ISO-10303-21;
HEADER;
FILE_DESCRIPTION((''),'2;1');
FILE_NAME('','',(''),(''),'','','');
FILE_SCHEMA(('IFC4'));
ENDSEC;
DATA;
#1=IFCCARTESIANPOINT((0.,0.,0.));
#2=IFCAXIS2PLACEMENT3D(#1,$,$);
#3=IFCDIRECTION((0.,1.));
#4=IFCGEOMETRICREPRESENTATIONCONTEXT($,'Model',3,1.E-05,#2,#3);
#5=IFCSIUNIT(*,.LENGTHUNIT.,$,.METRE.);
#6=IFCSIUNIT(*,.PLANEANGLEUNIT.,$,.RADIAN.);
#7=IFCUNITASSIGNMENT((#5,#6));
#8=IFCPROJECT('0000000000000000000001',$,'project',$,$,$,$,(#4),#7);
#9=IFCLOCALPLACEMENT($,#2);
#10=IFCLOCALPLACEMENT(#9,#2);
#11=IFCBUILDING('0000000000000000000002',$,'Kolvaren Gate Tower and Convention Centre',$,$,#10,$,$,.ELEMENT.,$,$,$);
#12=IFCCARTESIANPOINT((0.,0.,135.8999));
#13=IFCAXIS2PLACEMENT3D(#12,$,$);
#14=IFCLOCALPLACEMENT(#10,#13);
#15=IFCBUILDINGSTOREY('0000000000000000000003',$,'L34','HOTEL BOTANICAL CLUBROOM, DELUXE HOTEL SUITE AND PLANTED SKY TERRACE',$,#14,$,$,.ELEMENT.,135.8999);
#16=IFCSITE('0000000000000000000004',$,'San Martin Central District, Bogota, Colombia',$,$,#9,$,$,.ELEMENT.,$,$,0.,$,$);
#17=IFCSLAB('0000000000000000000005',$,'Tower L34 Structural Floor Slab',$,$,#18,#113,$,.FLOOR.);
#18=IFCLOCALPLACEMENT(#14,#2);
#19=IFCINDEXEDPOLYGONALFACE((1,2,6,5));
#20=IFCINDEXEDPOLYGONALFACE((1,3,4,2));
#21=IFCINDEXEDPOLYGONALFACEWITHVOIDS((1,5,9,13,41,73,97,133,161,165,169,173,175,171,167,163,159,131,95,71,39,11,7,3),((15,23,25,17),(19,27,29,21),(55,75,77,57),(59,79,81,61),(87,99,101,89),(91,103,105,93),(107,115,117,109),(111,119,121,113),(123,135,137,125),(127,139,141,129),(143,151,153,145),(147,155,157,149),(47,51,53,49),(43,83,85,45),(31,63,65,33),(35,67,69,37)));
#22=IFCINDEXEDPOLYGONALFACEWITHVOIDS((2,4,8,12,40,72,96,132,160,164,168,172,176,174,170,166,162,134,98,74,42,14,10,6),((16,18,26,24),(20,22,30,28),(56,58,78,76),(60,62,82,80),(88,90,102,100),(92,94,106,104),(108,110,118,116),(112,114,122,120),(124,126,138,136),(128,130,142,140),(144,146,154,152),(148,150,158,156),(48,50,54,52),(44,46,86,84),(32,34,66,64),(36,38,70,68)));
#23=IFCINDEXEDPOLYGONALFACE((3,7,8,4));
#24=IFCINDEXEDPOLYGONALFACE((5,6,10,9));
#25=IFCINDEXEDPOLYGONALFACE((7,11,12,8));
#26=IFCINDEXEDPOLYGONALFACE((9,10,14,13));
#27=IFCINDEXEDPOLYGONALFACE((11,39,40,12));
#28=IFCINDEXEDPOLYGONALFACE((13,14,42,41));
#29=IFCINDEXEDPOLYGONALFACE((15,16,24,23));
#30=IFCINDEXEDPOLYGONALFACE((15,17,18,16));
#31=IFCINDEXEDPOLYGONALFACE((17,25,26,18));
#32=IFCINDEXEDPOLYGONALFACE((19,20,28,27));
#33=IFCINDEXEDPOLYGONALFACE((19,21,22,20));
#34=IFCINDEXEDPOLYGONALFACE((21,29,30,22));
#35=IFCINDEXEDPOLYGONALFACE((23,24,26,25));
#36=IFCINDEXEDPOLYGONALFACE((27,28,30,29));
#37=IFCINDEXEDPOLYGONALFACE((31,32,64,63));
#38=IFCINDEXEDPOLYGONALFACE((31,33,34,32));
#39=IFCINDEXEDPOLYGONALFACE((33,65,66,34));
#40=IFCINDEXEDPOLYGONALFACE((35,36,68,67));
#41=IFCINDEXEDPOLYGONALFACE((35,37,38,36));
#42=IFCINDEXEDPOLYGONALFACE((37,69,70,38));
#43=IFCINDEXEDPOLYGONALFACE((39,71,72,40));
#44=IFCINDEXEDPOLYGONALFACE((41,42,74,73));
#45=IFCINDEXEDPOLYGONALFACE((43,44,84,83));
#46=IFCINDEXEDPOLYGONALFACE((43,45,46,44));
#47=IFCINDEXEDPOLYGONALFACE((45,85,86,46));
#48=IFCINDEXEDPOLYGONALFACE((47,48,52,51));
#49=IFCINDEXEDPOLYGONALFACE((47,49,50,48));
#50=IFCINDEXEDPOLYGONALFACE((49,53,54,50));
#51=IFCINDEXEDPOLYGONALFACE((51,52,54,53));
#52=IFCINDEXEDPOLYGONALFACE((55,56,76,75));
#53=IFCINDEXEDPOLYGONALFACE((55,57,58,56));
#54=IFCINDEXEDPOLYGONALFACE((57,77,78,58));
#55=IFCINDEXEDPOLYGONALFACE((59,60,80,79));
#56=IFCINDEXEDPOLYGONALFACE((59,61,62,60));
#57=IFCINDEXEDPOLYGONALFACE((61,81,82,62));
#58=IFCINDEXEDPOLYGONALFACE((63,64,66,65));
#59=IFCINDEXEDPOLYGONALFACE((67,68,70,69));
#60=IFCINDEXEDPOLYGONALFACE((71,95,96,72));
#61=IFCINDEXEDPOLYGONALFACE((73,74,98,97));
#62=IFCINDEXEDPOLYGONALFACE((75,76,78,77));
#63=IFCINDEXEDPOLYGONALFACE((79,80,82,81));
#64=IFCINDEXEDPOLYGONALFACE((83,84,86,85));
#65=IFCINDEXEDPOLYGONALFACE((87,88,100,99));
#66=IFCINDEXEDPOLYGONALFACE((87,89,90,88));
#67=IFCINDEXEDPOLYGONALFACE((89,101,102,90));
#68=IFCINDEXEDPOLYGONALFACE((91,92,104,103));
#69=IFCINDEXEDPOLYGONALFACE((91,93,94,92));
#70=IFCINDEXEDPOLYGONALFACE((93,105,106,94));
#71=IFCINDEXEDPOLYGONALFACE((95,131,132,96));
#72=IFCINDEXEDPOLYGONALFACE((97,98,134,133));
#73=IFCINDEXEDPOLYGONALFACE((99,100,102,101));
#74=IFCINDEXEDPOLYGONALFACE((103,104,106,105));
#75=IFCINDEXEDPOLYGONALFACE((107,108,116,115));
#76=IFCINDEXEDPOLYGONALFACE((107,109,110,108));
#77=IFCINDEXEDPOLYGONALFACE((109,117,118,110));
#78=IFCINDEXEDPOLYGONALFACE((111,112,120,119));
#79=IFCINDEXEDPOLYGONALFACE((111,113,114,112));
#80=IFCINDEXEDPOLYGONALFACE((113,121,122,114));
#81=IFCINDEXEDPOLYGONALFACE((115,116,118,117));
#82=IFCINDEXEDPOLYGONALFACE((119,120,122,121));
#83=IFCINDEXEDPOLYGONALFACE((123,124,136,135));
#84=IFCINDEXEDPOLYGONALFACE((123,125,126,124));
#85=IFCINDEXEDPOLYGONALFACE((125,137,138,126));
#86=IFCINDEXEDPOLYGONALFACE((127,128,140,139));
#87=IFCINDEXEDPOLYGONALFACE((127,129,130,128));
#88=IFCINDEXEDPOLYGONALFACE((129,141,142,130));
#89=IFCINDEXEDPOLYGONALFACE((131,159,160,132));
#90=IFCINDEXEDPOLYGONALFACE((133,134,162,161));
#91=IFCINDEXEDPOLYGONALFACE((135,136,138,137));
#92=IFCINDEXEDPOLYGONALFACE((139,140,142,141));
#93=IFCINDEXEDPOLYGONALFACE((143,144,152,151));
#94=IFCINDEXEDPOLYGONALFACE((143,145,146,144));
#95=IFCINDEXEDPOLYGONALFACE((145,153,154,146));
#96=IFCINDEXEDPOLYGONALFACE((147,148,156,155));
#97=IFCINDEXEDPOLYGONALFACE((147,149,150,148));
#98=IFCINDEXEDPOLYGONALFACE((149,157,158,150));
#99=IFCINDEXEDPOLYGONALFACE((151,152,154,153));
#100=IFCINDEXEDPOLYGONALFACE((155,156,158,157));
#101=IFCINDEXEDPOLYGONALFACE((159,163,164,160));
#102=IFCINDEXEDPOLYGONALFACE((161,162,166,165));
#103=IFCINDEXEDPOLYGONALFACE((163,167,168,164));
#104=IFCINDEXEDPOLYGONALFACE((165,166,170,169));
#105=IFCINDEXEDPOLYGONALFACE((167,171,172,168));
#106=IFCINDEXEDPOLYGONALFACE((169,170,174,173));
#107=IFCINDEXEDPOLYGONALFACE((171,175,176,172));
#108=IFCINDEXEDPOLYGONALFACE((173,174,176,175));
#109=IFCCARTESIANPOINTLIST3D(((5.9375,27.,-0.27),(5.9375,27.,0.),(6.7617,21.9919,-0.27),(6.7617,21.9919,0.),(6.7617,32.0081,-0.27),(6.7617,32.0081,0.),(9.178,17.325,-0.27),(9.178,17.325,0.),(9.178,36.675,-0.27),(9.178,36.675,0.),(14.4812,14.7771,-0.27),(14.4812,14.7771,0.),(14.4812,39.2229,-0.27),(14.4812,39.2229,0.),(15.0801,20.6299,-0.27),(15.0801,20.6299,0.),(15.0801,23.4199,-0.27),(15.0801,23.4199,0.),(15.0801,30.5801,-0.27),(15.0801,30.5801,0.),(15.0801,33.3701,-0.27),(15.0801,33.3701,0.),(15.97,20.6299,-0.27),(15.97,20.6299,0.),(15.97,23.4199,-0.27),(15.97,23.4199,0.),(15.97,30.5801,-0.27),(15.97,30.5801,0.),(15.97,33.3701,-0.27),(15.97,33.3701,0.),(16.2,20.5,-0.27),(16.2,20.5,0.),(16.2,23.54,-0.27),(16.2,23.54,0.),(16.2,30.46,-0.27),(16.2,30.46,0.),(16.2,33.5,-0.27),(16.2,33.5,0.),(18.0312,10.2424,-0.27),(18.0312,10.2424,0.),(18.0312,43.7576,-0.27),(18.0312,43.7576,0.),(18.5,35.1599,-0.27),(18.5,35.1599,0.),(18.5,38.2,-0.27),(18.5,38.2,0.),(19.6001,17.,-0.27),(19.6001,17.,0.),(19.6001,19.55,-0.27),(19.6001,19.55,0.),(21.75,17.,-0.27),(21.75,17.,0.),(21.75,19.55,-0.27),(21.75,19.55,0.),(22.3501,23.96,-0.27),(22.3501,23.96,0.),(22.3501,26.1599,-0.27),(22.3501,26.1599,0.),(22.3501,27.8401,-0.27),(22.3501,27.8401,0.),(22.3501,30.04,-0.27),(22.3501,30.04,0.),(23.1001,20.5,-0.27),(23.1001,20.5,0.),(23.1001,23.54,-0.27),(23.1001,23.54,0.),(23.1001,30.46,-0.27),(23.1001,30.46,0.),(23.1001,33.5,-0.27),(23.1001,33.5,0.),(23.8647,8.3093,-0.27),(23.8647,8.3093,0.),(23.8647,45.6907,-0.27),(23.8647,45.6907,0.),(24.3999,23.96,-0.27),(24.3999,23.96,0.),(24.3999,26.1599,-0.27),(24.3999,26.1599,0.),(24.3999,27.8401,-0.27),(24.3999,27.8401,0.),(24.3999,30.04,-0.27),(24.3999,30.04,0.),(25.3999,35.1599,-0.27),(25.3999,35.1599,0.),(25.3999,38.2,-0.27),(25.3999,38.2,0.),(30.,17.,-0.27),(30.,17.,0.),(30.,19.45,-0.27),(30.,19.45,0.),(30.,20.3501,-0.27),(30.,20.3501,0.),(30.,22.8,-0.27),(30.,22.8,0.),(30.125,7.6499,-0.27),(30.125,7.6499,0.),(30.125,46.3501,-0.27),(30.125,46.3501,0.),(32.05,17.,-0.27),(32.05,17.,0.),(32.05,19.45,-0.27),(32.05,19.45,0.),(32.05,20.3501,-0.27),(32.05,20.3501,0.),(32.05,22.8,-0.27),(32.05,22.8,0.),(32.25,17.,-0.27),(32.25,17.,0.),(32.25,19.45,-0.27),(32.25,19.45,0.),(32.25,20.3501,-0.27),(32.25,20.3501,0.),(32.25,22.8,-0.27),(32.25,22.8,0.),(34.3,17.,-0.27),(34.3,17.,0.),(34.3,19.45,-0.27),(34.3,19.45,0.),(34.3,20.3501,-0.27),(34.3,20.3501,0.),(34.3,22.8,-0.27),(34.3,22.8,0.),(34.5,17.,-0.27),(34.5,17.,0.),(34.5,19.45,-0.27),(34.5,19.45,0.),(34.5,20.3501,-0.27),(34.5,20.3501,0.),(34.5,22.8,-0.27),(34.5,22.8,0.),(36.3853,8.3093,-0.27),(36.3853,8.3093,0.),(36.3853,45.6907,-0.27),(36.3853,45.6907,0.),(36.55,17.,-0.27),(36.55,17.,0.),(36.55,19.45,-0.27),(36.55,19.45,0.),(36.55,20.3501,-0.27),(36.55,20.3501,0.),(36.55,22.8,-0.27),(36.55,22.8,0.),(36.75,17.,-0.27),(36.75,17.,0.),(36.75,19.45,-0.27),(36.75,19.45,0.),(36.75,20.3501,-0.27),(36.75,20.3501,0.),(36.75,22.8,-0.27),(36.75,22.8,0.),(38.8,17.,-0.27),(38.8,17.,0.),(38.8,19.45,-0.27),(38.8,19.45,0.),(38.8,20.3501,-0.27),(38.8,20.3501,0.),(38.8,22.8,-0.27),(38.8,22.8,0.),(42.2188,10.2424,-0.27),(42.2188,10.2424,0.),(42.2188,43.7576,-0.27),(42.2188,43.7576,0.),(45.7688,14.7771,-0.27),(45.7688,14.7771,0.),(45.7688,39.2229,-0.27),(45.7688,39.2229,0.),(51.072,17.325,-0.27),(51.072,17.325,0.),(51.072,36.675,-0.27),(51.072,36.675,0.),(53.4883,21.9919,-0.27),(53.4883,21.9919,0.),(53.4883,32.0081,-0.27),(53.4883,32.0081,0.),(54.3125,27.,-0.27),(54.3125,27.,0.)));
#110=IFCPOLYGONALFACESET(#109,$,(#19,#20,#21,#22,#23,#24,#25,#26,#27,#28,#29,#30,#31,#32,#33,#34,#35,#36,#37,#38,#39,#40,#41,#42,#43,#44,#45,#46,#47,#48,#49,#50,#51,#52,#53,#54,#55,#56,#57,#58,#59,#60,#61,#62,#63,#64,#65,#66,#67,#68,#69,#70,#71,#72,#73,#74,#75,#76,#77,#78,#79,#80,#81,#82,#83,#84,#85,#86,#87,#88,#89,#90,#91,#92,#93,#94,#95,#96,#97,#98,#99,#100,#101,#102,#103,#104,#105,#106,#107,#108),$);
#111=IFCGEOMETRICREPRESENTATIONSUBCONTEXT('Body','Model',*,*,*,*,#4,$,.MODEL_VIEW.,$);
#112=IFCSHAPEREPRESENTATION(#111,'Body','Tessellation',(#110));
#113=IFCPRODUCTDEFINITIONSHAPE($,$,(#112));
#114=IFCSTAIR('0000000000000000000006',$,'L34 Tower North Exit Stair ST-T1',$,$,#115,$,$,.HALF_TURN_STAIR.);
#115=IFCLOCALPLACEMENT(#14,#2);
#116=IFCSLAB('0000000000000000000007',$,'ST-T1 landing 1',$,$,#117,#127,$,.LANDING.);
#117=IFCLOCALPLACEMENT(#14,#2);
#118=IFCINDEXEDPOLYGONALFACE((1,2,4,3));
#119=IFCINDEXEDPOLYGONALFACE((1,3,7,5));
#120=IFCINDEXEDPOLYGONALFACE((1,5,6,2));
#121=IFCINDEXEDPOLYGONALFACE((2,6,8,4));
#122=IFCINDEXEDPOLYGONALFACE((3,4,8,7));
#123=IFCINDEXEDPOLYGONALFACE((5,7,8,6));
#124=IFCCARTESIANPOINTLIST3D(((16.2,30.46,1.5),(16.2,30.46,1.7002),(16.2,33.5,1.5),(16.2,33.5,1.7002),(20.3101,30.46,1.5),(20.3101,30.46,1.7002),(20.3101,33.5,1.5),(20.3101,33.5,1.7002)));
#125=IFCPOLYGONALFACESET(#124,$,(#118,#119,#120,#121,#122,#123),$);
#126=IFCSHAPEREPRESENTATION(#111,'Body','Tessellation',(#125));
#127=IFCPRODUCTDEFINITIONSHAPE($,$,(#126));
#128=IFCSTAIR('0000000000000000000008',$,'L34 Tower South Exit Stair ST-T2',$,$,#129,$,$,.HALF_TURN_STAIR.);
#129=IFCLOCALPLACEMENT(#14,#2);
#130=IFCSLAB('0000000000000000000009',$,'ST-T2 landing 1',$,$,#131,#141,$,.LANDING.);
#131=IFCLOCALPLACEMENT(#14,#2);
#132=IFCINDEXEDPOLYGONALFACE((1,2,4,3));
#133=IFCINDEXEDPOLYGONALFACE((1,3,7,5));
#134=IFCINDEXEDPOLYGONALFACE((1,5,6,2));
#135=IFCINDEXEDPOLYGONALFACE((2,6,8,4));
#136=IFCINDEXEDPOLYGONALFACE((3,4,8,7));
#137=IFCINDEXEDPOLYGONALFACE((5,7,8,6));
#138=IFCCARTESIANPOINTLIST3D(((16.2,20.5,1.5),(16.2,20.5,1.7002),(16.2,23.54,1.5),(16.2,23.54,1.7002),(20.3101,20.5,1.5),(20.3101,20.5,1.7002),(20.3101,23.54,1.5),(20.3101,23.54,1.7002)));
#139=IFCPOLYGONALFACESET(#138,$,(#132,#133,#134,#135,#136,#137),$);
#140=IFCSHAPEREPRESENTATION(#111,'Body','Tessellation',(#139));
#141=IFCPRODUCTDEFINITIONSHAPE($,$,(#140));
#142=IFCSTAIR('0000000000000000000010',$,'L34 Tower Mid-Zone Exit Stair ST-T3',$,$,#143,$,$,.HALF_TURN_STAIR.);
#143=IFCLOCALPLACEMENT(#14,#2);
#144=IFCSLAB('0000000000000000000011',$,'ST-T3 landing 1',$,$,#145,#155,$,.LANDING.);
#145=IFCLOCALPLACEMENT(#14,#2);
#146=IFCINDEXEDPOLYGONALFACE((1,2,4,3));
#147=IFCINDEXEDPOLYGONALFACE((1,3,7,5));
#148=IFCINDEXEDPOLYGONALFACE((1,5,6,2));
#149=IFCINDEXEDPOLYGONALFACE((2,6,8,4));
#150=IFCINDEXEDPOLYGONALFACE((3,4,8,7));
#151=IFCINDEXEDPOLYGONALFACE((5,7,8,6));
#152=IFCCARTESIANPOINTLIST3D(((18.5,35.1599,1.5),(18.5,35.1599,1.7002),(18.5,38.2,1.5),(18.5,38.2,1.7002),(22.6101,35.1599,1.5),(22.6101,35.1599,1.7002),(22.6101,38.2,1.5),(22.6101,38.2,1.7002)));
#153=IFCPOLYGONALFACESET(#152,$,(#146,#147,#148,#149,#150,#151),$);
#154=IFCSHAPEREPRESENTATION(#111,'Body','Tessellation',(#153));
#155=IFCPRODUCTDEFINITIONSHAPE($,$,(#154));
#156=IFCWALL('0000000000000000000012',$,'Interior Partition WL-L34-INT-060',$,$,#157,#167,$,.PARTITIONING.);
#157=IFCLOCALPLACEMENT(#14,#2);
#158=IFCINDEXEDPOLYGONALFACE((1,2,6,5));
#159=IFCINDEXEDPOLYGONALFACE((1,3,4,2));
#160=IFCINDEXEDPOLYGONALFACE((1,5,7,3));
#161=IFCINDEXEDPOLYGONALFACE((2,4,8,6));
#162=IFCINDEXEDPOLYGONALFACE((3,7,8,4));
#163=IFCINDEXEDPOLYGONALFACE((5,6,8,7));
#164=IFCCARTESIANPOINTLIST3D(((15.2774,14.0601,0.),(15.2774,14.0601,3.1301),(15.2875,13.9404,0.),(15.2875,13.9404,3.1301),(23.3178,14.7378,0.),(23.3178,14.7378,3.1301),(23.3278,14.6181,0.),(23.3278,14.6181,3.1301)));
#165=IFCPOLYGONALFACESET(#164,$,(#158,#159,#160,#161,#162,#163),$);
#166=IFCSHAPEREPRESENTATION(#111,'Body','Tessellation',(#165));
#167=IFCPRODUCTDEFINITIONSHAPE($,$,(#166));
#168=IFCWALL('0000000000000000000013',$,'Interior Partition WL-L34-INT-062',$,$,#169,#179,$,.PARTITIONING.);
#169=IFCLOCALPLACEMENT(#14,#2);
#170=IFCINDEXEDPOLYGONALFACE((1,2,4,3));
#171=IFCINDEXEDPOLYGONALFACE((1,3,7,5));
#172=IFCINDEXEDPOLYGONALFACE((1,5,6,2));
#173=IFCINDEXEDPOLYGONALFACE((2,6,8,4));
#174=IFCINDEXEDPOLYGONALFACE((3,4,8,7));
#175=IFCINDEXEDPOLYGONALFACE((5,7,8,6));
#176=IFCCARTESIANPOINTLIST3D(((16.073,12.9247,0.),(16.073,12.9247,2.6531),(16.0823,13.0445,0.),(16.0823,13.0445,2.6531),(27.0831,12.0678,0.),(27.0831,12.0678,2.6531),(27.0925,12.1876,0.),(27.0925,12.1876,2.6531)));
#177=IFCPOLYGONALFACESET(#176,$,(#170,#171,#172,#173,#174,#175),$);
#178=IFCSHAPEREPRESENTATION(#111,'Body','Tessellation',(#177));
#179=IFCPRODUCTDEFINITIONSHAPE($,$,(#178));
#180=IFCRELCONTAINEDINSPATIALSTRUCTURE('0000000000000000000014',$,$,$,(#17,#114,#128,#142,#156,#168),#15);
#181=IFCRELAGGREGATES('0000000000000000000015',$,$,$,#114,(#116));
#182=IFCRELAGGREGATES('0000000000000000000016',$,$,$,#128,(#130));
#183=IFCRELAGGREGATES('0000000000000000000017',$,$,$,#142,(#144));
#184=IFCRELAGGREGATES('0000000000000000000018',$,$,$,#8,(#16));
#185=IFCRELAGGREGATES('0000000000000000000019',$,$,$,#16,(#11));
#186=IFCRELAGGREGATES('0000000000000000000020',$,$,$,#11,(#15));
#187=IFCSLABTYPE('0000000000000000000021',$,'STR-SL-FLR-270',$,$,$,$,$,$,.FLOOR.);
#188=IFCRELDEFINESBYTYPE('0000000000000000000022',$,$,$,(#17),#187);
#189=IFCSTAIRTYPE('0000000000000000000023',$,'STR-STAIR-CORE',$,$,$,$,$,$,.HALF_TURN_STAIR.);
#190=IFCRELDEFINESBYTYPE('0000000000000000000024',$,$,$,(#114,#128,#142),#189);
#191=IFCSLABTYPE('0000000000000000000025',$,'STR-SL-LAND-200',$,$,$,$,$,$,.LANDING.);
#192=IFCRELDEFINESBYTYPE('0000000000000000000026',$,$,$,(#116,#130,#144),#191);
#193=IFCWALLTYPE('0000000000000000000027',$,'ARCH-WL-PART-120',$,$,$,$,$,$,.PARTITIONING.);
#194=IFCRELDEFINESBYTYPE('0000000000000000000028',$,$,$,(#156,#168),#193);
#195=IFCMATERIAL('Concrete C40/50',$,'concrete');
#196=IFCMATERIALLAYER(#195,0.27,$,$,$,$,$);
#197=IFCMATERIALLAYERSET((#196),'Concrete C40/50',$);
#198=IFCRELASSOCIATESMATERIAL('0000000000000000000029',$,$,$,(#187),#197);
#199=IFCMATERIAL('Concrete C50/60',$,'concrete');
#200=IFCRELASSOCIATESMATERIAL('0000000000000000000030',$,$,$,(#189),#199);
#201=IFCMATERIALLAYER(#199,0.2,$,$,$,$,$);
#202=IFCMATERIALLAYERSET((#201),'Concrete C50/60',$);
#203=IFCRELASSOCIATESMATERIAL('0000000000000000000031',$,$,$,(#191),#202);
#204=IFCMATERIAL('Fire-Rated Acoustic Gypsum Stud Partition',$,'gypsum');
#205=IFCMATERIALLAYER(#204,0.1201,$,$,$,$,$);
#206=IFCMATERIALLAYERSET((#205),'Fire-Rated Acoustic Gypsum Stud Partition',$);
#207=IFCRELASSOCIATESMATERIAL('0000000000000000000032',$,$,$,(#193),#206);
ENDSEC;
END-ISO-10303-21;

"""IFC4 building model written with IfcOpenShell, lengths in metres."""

from ifc_helpers import new_model, si_unit, direction, frame, frame_2d, origin, place, context, subcontext, project, spatial, polyline, rectangle, outline, extrude, material, layer, layer_set, type_object, element, aggregate, save


model = new_model("IFC4")

# Units and contexts
model_context = context("Model", 3, precision=1e-05, world=origin(), true_north=direction((0.0, 1.0)))
body_context = subcontext(model_context, "Body", "Model", "MODEL_VIEW")
ifc_project = project(units=[si_unit("LENGTHUNIT", "METRE"), si_unit("PLANEANGLEUNIT", "RADIAN")], contexts=[model_context])

# Site, building, storey
site_placement = place(None, origin())
site = spatial("IfcSite", under=ifc_project, at=site_placement, Name="San Martin Central District, Bogota, Colombia", CompositionType="ELEMENT", RefElevation=0.0)
building_placement = place(site_placement, origin())
building = spatial("IfcBuilding", under=site, at=building_placement, Name="Kolvaren Gate Tower and Convention Centre", CompositionType="ELEMENT")
storey_placement = place(building_placement, frame((0.0, 0.0, 135.8999)))
storey = spatial("IfcBuildingStorey", under=building, at=storey_placement, Name="L34", Description="HOTEL BOTANICAL CLUBROOM, DELUXE HOTEL SUITE AND PLANTED SKY TERRACE", CompositionType="ELEMENT", Elevation=135.8999)

# Slab
ifc_material_1 = material(Name="Concrete C50/60", Category="concrete")
ifc_material_2 = material(Name="Concrete C40/50", Category="concrete")
ifc_layer_1 = layer(ifc_material_2, 0.27)
ifc_layer_set_1 = layer_set([ifc_layer_1], Name="Concrete C40/50")
slab_type_1 = type_object("IfcSlabType", Name="STR-SL-FLR-270", PredefinedType="FLOOR", material=ifc_layer_set_1)
slab_1_placement = place(storey_placement, frame((0.0, 0.0, -0.27)))
element("IfcSlab", 1, at=slab_1_placement, inside=storey, type_object=slab_type_1, Name="Tower L34 Structural Floor Slab", PredefinedType="FLOOR", context=body_context, shape_type="SweptSolid", body=[
    extrude(outline(polyline([(54.3125, 27.0), (53.4883, 32.0081), (51.072, 36.675), (45.7688, 39.2229), (42.2188, 43.7576), (36.3853, 45.6907), (30.125, 46.3501), (23.8647, 45.6907), (18.0312, 43.7576), (14.4812, 39.2229), (9.178, 36.675), (6.7617, 32.0081), (5.9375, 27.0), (6.7617, 21.9919), (9.178, 17.325), (14.4812, 14.7771), (18.0312, 10.2424), (23.8647, 8.3093), (30.125, 7.6499), (36.3853, 8.3093), (42.2188, 10.2424), (45.7688, 14.7771), (51.072, 17.325), (53.4883, 21.9919), (54.3125, 27.0)]), holes=[polyline([(36.75, 17.0), (36.75, 19.45), (38.8, 19.45), (38.8, 17.0), (36.75, 17.0)]), polyline([(36.75, 20.3501), (36.75, 22.8), (38.8, 22.8), (38.8, 20.3501), (36.75, 20.3501)]), polyline([(34.5, 17.0), (34.5, 19.45), (36.55, 19.45), (36.55, 17.0), (34.5, 17.0)]), polyline([(34.5, 20.3501), (34.5, 22.8), (36.55, 22.8), (36.55, 20.3501), (34.5, 20.3501)]), polyline([(32.25, 17.0), (32.25, 19.45), (34.3, 19.45), (34.3, 17.0), (32.25, 17.0)]), polyline([(32.25, 20.3501), (32.25, 22.8), (34.3, 22.8), (34.3, 20.3501), (32.25, 20.3501)]), polyline([(30.0, 17.0), (30.0, 19.45), (32.05, 19.45), (32.05, 17.0), (30.0, 17.0)]), polyline([(30.0, 20.3501), (30.0, 22.8), (32.05, 22.8), (32.05, 20.3501), (30.0, 20.3501)]), polyline([(25.3999, 38.2), (25.3999, 35.1599), (18.5, 35.1599), (18.5, 38.2), (25.3999, 38.2)]), polyline([(22.3501, 23.96), (22.3501, 26.1599), (24.3999, 26.1599), (24.3999, 23.96), (22.3501, 23.96)]), polyline([(22.3501, 27.8401), (22.3501, 30.04), (24.3999, 30.04), (24.3999, 27.8401), (22.3501, 27.8401)]), polyline([(23.1001, 23.54), (23.1001, 20.5), (16.2, 20.5), (16.2, 23.54), (23.1001, 23.54)]), polyline([(23.1001, 33.5), (23.1001, 30.46), (16.2, 30.46), (16.2, 33.5), (23.1001, 33.5)]), polyline([(19.6001, 17.0), (19.6001, 19.55), (21.75, 19.55), (21.75, 17.0), (19.6001, 17.0)]), polyline([(15.0801, 20.6299), (15.0801, 23.4199), (15.97, 23.4199), (15.97, 20.6299), (15.0801, 20.6299)]), polyline([(15.0801, 30.5801), (15.0801, 33.3701), (15.97, 33.3701), (15.97, 30.5801), (15.0801, 30.5801)])]), origin(), (0.0, 0.0, 1.0), 0.27),
])

# Stairs, slabs
stair_type = type_object("IfcStairType", Name="STR-STAIR-CORE", PredefinedType="HALF_TURN_STAIR", material=ifc_material_1)
stair_1_placement = place(storey_placement, origin())
stair_1 = element("IfcStair", 2, at=stair_1_placement, inside=storey, type_object=stair_type, Name="L34 Tower North Exit Stair ST-T1", PredefinedType="HALF_TURN_STAIR")
ifc_layer_2 = layer(ifc_material_1, 0.2)
ifc_layer_set_2 = layer_set([ifc_layer_2], Name="Concrete C50/60")
slab_type_2 = type_object("IfcSlabType", Name="STR-SL-LAND-200", PredefinedType="LANDING", material=ifc_layer_set_2)
slab_2_placement = place(storey_placement, frame((0.0, 0.0, 1.5)))
slab_2 = element("IfcSlab", 3, at=slab_2_placement, type_object=slab_type_2, Name="ST-T1 landing 1", PredefinedType="LANDING", context=body_context, shape_type="SweptSolid", body=[
    extrude(outline(polyline([(20.3101, 33.5), (16.2, 33.5), (16.2, 30.46), (20.3101, 30.46), (20.3101, 33.5)])), origin(), (0.0, 0.0, 1.0), 0.2002),
])
aggregate(stair_1, [slab_2])
stair_2_placement = place(storey_placement, origin())
stair_2 = element("IfcStair", 4, at=stair_2_placement, inside=storey, type_object=stair_type, Name="L34 Tower South Exit Stair ST-T2", PredefinedType="HALF_TURN_STAIR")
slab_3_placement = place(storey_placement, frame((0.0, 0.0, 1.5)))
slab_3 = element("IfcSlab", 5, at=slab_3_placement, type_object=slab_type_2, Name="ST-T2 landing 1", PredefinedType="LANDING", context=body_context, shape_type="SweptSolid", body=[
    extrude(outline(polyline([(20.3101, 23.54), (16.2, 23.54), (16.2, 20.5), (20.3101, 20.5), (20.3101, 23.54)])), origin(), (0.0, 0.0, 1.0), 0.2002),
])
aggregate(stair_2, [slab_3])
stair_3_placement = place(storey_placement, origin())
stair_3 = element("IfcStair", 6, at=stair_3_placement, inside=storey, type_object=stair_type, Name="L34 Tower Mid-Zone Exit Stair ST-T3", PredefinedType="HALF_TURN_STAIR")
slab_4_placement = place(storey_placement, frame((0.0, 0.0, 1.5)))
slab_4 = element("IfcSlab", 7, at=slab_4_placement, type_object=slab_type_2, Name="ST-T3 landing 1", PredefinedType="LANDING", context=body_context, shape_type="SweptSolid", body=[
    extrude(outline(polyline([(22.6101, 38.2), (18.5, 38.2), (18.5, 35.1599), (22.6101, 35.1599), (22.6101, 38.2)])), origin(), (0.0, 0.0, 1.0), 0.2002),
])
aggregate(stair_3, [slab_4])

# Walls
ifc_material_3 = material(Name="Fire-Rated Acoustic Gypsum Stud Partition", Category="gypsum")
ifc_layer_3 = layer(ifc_material_3, 0.1201)
ifc_layer_set_3 = layer_set([ifc_layer_3], Name="Fire-Rated Acoustic Gypsum Stud Partition")
wall_type_1 = type_object("IfcWallType", Name="ARCH-WL-PART-120", PredefinedType="PARTITIONING", material=ifc_layer_set_3)
wall_1_placement = place(storey_placement, frame((15.2825, 14.0002, 0.0), z_axis=(0.0, 0.0, 1.0), x_axis=(0.996466, 0.083994, 0.0)))
element("IfcWall", 8, at=wall_1_placement, inside=storey, type_object=wall_type_1, Name="Interior Partition WL-L34-INT-060", PredefinedType="PARTITIONING", context=body_context, shape_type="SweptSolid", body=[
    extrude(rectangle(XDim=8.0688, YDim=0.1201, at=frame_2d((4.0344, 0.0))), origin(), (0.0, 0.0, 1.0), 3.1301),
])
wall_2_placement = place(storey_placement, frame((16.0776, 12.9846, 0.0), z_axis=(0.0, 0.0, 1.0), x_axis=(0.996985, -0.077596, 0.0)))
element("IfcWall", 9, at=wall_2_placement, inside=storey, type_object=wall_type_1, Name="Interior Partition WL-L34-INT-062", PredefinedType="PARTITIONING", context=body_context, shape_type="SweptSolid", body=[
    extrude(rectangle(XDim=11.0435, YDim=0.1201, at=frame_2d((5.5217, 0.0))), origin(), (0.0, 0.0, 1.0), 2.6531),
])

save(model, "model.ifc")
